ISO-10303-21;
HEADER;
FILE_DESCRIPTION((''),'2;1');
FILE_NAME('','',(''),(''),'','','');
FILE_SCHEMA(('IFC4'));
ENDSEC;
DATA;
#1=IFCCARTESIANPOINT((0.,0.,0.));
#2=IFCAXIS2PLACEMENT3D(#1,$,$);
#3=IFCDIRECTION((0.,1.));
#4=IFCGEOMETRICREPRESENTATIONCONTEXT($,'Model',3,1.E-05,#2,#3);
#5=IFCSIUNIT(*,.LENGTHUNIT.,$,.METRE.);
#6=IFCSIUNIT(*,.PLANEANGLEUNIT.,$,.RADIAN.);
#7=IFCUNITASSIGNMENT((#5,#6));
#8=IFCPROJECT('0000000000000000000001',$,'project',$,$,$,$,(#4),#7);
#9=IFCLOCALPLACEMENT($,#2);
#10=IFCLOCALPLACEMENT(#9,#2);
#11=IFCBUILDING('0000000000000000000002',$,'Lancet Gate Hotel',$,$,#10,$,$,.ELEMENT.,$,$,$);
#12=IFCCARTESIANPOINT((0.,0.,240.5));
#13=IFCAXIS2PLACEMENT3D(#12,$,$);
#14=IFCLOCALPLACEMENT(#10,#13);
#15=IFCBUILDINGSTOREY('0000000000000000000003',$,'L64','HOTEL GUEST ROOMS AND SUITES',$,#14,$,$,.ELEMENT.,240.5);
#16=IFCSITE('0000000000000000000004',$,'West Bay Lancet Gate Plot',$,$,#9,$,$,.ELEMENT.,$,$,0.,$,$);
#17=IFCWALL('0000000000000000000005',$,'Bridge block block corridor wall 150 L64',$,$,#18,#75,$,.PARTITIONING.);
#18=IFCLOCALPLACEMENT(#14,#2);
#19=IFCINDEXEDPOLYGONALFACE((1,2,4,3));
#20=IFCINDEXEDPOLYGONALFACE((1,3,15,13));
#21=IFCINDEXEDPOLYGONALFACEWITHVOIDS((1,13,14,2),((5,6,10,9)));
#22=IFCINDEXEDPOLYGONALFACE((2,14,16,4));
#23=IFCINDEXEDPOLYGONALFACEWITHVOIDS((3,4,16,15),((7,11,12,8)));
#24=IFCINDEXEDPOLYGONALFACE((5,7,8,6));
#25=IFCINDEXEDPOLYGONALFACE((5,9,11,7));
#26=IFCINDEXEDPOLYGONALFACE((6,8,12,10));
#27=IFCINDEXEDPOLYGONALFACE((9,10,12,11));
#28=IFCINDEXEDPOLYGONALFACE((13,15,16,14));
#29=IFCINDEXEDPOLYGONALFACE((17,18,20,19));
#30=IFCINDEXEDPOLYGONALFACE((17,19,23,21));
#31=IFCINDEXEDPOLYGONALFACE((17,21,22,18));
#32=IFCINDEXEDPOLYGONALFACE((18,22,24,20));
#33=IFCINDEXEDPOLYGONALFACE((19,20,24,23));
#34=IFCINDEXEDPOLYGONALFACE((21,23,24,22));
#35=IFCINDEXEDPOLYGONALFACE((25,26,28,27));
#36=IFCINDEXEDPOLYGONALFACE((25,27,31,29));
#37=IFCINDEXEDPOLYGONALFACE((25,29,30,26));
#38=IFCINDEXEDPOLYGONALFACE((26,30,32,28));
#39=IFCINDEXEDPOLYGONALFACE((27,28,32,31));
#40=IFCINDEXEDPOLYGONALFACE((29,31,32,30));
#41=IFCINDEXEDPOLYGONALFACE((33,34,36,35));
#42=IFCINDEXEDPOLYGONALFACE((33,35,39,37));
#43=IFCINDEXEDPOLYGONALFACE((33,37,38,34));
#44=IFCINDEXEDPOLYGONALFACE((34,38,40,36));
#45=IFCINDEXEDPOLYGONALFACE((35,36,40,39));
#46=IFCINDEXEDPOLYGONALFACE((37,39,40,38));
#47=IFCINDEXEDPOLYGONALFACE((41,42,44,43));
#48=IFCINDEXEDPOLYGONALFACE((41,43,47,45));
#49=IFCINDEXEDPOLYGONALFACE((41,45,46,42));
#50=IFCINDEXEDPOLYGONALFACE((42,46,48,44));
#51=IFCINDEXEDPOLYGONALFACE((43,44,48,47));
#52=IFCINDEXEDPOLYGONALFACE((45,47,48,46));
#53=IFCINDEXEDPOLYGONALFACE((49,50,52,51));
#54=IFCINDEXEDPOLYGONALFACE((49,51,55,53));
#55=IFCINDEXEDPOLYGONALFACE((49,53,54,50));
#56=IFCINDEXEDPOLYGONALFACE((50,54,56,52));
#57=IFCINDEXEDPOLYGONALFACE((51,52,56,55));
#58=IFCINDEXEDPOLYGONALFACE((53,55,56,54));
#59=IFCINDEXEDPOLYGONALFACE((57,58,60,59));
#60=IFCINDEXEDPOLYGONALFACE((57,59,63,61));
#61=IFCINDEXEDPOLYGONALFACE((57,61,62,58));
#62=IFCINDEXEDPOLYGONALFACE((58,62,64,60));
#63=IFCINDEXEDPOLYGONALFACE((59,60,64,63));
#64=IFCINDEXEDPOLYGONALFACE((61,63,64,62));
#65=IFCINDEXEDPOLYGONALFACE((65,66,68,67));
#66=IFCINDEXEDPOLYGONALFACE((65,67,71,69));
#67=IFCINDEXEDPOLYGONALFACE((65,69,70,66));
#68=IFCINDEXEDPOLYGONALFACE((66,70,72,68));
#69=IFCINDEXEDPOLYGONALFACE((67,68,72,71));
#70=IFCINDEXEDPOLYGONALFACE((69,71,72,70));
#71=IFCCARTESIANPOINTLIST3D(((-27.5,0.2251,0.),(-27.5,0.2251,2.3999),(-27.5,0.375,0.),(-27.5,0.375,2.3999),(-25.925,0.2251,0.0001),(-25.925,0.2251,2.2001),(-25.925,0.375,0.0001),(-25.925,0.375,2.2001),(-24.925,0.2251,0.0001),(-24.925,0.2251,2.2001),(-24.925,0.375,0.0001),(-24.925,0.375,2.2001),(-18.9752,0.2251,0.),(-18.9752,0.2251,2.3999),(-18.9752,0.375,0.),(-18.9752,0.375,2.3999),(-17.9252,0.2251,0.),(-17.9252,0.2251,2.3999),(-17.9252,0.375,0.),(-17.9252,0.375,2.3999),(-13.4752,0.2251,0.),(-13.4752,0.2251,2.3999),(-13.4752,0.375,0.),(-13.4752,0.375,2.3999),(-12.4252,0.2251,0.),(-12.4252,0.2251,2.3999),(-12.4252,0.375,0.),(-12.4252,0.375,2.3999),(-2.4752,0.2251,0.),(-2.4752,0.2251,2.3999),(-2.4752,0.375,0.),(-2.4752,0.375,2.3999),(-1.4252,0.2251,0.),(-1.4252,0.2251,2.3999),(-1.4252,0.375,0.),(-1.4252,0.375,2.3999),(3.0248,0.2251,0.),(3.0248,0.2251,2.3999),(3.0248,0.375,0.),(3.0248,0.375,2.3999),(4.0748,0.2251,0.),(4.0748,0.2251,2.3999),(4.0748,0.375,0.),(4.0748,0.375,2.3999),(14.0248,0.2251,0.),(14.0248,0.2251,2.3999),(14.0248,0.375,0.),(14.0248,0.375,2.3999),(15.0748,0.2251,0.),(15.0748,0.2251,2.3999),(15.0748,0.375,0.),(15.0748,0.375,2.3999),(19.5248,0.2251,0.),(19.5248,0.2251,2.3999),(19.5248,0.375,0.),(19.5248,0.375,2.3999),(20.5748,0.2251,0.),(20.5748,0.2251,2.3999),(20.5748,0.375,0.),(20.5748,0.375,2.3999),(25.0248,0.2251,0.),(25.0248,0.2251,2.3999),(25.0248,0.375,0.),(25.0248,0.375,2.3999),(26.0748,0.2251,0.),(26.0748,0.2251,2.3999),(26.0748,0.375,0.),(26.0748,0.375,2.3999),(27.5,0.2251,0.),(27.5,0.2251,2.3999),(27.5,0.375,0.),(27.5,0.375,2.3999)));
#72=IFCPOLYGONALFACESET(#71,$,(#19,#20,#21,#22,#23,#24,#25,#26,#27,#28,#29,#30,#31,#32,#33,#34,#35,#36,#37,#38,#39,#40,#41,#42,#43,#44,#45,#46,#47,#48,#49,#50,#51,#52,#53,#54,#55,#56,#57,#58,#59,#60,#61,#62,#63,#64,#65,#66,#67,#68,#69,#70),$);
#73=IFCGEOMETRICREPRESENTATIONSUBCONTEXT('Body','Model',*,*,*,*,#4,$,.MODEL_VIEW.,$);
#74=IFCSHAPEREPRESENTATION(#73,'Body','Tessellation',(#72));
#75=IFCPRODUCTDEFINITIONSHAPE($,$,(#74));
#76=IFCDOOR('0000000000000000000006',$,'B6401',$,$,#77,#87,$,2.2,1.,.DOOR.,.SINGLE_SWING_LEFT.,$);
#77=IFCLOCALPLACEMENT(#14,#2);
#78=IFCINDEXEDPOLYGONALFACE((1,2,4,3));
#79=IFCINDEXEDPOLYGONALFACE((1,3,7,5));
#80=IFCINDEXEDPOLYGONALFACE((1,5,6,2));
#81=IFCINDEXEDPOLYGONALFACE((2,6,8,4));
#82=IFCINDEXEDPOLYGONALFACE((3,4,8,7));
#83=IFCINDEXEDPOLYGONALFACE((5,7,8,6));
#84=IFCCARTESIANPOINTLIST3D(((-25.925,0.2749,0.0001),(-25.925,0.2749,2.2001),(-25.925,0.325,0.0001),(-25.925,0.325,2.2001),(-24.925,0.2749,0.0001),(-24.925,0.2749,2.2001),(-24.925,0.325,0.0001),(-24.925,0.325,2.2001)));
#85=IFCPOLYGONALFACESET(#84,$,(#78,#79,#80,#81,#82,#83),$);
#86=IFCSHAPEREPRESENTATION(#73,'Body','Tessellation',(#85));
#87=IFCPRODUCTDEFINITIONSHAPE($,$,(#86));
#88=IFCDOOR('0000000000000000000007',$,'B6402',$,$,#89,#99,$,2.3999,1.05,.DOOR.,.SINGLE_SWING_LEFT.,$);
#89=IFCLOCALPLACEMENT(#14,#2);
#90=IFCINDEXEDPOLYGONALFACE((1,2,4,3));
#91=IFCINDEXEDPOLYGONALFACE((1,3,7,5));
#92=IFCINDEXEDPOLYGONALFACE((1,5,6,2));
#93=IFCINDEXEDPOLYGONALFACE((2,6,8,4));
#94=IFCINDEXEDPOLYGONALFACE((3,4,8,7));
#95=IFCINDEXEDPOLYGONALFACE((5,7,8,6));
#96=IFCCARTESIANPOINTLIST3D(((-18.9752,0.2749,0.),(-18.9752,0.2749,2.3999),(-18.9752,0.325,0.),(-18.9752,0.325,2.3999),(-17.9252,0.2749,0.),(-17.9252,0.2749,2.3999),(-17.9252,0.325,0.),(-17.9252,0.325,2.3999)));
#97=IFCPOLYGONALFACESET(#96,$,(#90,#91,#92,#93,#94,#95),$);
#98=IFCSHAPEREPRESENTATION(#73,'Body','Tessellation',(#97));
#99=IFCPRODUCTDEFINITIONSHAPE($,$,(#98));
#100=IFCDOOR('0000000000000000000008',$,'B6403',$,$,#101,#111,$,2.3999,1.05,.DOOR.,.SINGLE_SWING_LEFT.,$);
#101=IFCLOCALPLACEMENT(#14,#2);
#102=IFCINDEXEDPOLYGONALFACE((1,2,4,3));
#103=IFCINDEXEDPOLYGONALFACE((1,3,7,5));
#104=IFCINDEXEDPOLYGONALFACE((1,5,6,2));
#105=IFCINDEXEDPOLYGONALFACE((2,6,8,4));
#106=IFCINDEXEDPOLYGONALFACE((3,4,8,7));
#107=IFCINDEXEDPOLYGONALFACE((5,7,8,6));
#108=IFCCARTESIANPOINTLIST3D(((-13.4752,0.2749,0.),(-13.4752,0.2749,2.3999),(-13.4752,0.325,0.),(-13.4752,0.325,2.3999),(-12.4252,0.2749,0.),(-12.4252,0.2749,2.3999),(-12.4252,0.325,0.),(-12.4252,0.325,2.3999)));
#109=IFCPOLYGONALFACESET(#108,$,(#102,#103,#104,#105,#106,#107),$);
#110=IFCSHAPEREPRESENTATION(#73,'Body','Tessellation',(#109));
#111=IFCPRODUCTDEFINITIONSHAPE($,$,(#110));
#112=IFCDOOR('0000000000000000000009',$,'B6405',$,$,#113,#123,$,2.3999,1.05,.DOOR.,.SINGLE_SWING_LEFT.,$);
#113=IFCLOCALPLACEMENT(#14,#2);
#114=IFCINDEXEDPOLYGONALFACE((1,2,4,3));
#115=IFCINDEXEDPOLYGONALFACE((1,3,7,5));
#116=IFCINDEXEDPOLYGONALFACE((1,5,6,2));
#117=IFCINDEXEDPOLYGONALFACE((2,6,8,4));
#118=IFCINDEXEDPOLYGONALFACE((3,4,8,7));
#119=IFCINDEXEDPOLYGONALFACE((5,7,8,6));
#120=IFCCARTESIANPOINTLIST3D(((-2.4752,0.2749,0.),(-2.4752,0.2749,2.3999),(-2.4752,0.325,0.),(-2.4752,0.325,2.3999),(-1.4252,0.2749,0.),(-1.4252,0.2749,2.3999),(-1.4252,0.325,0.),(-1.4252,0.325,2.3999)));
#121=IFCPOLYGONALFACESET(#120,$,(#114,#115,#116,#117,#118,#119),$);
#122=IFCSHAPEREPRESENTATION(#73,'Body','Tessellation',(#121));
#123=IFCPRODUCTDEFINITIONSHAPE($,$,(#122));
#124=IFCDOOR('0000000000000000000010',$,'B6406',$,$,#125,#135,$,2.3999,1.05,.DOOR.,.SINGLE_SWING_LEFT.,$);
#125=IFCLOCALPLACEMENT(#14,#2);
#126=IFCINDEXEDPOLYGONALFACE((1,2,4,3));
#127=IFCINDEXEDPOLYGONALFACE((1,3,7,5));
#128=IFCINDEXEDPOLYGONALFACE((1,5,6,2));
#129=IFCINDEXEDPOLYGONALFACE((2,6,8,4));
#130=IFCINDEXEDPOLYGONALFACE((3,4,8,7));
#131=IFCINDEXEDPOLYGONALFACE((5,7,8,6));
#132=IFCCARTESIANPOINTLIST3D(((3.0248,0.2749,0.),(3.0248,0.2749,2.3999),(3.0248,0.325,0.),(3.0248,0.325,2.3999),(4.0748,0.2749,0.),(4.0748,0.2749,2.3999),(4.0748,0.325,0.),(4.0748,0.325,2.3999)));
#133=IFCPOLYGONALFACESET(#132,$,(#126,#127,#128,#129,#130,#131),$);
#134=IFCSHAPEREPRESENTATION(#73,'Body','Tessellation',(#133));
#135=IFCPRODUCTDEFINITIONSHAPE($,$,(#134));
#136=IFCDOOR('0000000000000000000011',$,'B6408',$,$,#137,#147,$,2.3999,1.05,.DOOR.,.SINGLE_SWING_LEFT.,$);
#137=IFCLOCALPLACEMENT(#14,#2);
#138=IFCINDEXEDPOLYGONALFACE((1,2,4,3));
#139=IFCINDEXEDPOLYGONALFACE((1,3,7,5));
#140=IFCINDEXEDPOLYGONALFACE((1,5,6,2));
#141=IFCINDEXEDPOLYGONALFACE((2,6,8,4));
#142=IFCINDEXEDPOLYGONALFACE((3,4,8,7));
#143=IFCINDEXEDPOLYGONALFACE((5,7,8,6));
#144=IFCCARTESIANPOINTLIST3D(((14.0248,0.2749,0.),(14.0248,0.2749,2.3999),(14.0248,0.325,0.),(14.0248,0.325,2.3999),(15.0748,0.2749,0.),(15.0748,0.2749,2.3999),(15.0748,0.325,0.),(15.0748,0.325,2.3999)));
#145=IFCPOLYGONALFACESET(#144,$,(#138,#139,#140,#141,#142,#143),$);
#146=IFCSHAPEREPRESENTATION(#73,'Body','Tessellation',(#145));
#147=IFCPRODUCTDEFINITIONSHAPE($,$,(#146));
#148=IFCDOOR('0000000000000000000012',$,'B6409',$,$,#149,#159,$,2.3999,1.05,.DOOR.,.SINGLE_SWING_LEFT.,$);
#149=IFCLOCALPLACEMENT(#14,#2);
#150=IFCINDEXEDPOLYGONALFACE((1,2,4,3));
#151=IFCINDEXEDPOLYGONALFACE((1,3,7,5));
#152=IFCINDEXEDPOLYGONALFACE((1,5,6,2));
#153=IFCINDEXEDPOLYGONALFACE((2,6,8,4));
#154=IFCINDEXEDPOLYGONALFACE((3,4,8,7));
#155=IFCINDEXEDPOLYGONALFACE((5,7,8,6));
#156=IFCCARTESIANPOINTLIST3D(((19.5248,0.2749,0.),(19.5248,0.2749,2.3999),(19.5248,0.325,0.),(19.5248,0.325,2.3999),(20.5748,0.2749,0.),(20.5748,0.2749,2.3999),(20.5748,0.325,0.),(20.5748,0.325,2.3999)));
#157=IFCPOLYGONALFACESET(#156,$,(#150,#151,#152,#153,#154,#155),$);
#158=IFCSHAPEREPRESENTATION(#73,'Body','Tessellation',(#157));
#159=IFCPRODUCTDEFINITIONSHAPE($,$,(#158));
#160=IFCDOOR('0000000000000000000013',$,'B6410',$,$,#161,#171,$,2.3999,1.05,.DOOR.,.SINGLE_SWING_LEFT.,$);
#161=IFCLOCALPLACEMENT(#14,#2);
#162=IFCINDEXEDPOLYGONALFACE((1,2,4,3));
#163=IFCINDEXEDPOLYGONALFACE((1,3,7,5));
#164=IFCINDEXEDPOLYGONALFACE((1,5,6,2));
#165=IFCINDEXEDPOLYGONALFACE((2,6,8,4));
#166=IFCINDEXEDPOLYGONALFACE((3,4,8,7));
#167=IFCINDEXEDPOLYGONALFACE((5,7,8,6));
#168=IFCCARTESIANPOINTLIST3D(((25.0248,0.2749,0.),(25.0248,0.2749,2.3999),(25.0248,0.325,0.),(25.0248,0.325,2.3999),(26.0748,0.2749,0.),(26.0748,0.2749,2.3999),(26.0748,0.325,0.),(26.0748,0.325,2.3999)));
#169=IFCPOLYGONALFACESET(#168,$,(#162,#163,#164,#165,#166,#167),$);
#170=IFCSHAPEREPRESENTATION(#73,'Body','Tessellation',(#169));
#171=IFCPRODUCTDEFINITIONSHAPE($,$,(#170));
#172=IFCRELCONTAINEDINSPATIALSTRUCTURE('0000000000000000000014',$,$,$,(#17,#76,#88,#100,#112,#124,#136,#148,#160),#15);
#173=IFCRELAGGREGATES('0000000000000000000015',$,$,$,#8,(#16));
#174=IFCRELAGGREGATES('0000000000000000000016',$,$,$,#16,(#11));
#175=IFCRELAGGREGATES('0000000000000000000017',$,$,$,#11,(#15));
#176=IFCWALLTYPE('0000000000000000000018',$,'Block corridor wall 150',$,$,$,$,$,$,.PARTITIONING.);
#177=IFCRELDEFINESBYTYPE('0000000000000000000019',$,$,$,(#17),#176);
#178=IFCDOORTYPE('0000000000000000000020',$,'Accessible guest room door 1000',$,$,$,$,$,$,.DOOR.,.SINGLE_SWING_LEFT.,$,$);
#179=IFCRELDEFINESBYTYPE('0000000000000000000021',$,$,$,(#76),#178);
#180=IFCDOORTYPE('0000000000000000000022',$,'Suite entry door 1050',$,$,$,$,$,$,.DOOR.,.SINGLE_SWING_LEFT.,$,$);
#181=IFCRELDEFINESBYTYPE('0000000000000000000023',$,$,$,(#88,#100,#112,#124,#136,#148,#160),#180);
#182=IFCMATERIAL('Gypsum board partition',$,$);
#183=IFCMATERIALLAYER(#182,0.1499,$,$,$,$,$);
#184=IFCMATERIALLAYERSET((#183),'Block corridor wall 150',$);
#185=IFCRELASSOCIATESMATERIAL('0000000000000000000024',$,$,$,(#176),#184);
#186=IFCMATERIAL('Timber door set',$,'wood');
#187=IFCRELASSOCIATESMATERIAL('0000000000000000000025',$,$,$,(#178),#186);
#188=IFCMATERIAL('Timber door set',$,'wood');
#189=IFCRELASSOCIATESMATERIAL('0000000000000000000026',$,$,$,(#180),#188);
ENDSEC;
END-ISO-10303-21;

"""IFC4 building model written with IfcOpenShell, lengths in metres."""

from ifc_helpers import new_model, si_unit, direction, frame, frame_2d, origin, place, context, subcontext, project, spatial, rectangle, extrude, material, layer, layer_set, type_object, element, fill, save


model = new_model("IFC4")

# Units and contexts
model_context = context("Model", 3, precision=1e-05, world=origin(), true_north=direction((0.0, 1.0)))
body_context = subcontext(model_context, "Body", "Model", "MODEL_VIEW")
ifc_project = project(units=[si_unit("LENGTHUNIT", "METRE"), si_unit("PLANEANGLEUNIT", "RADIAN")], contexts=[model_context])

# Site, building, storey
site_placement = place(None, origin())
site = spatial("IfcSite", under=ifc_project, at=site_placement, Name="West Bay Lancet Gate Plot", CompositionType="ELEMENT", RefElevation=0.0)
building_placement = place(site_placement, origin())
building = spatial("IfcBuilding", under=site, at=building_placement, Name="Lancet Gate Hotel", CompositionType="ELEMENT")
storey_placement = place(building_placement, frame((0.0, 0.0, 240.5)))
storey = spatial("IfcBuildingStorey", under=building, at=storey_placement, Name="L64", Description="HOTEL GUEST ROOMS AND SUITES", CompositionType="ELEMENT", Elevation=240.5)

# Wall, openings, doors
ifc_material_1 = material(Name="Gypsum board partition")
ifc_layer_1 = layer(ifc_material_1, 0.1499)
ifc_layer_set_1 = layer_set([ifc_layer_1], Name="Block corridor wall 150")
wall_type_1 = type_object("IfcWallType", Name="Block corridor wall 150", PredefinedType="PARTITIONING", material=ifc_layer_set_1)
wall_1_placement = place(storey_placement, frame((-27.5, 0.3, 0.0), z_axis=(0.0, 0.0, 1.0), x_axis=(1.0, 0.0, 0.0)))
wall_1 = element("IfcWall", 1, at=wall_1_placement, inside=storey, type_object=wall_type_1, Name="Bridge block block corridor wall 150 L64", PredefinedType="PARTITIONING", context=body_context, shape_type="SweptSolid", body=[
    extrude(rectangle(XDim=55.0, YDim=0.1499, at=frame_2d((27.5, 0.0))), origin(), (0.0, 0.0, 1.0), 2.3999),
])
opening_1_placement = place(wall_1_placement, frame((1.575, 0.0, 0.0)))
opening_1 = element("IfcOpeningElement", 2, at=opening_1_placement, cuts=wall_1, PredefinedType="OPENING", context=body_context, shape_type="SweptSolid", body=[
    extrude(rectangle(XDim=1.0, YDim=2.2, at=frame_2d((0.5, 1.1001))), frame((0.0, 0.085, 0.0), z_axis=(0.0, -1.0, 0.0), x_axis=(1.0, 0.0, 0.0)), (0.0, 0.0, 1.0), 0.1699),
])
opening_2_placement = place(wall_1_placement, frame((8.5249, 0.0, 0.0)))
opening_2 = element("IfcOpeningElement", 3, at=opening_2_placement, cuts=wall_1, PredefinedType="OPENING", context=body_context, shape_type="SweptSolid", body=[
    extrude(rectangle(XDim=1.05, YDim=2.3999, at=frame_2d((0.5249, 1.2))), frame((0.0, 0.085, 0.0), z_axis=(0.0, -1.0, 0.0), x_axis=(1.0, 0.0, 0.0)), (0.0, 0.0, 1.0), 0.1699),
])
opening_3_placement = place(wall_1_placement, frame((14.0249, 0.0, 0.0)))
opening_3 = element("IfcOpeningElement", 4, at=opening_3_placement, cuts=wall_1, PredefinedType="OPENING", context=body_context, shape_type="SweptSolid", body=[
    extrude(rectangle(XDim=1.05, YDim=2.3999, at=frame_2d((0.5249, 1.2))), frame((0.0, 0.085, 0.0), z_axis=(0.0, -1.0, 0.0), x_axis=(1.0, 0.0, 0.0)), (0.0, 0.0, 1.0), 0.1699),
])
opening_4_placement = place(wall_1_placement, frame((25.0249, 0.0, 0.0)))
opening_4 = element("IfcOpeningElement", 5, at=opening_4_placement, cuts=wall_1, PredefinedType="OPENING", context=body_context, shape_type="SweptSolid", body=[
    extrude(rectangle(XDim=1.05, YDim=2.3999, at=frame_2d((0.5249, 1.2))), frame((0.0, 0.085, 0.0), z_axis=(0.0, -1.0, 0.0), x_axis=(1.0, 0.0, 0.0)), (0.0, 0.0, 1.0), 0.1699),
])
opening_5_placement = place(wall_1_placement, frame((30.5249, 0.0, 0.0)))
opening_5 = element("IfcOpeningElement", 6, at=opening_5_placement, cuts=wall_1, PredefinedType="OPENING", context=body_context, shape_type="SweptSolid", body=[
    extrude(rectangle(XDim=1.05, YDim=2.3999, at=frame_2d((0.5249, 1.2))), frame((0.0, 0.085, 0.0), z_axis=(0.0, -1.0, 0.0), x_axis=(1.0, 0.0, 0.0)), (0.0, 0.0, 1.0), 0.1699),
])
opening_6_placement = place(wall_1_placement, frame((41.5249, 0.0, 0.0)))
opening_6 = element("IfcOpeningElement", 7, at=opening_6_placement, cuts=wall_1, PredefinedType="OPENING", context=body_context, shape_type="SweptSolid", body=[
    extrude(rectangle(XDim=1.05, YDim=2.3999, at=frame_2d((0.5249, 1.2))), frame((0.0, 0.085, 0.0), z_axis=(0.0, -1.0, 0.0), x_axis=(1.0, 0.0, 0.0)), (0.0, 0.0, 1.0), 0.1699),
])
opening_7_placement = place(wall_1_placement, frame((47.0249, 0.0, 0.0)))
opening_7 = element("IfcOpeningElement", 8, at=opening_7_placement, cuts=wall_1, PredefinedType="OPENING", context=body_context, shape_type="SweptSolid", body=[
    extrude(rectangle(XDim=1.05, YDim=2.3999, at=frame_2d((0.5249, 1.2))), frame((0.0, 0.085, 0.0), z_axis=(0.0, -1.0, 0.0), x_axis=(1.0, 0.0, 0.0)), (0.0, 0.0, 1.0), 0.1699),
])
opening_8_placement = place(wall_1_placement, frame((52.5249, 0.0, 0.0)))
opening_8 = element("IfcOpeningElement", 9, at=opening_8_placement, cuts=wall_1, PredefinedType="OPENING", context=body_context, shape_type="SweptSolid", body=[
    extrude(rectangle(XDim=1.05, YDim=2.3999, at=frame_2d((0.5249, 1.2))), frame((0.0, 0.085, 0.0), z_axis=(0.0, -1.0, 0.0), x_axis=(1.0, 0.0, 0.0)), (0.0, 0.0, 1.0), 0.1699),
])
ifc_material_2 = material(Name="Timber door set", Category="wood")
door_type_1 = type_object("IfcDoorType", Name="Accessible guest room door 1000", OperationType="SINGLE_SWING_LEFT", PredefinedType="DOOR", material=ifc_material_2)
door_1_placement = place(opening_1_placement, origin())
door_1 = element("IfcDoor", 10, at=door_1_placement, inside=storey, type_object=door_type_1, Name="B6401", OperationType="SINGLE_SWING_LEFT", OverallHeight=2.2, OverallWidth=1.0, PredefinedType="DOOR", context=body_context, shape_type="SweptSolid", body=[
    extrude(rectangle(XDim=1.0, YDim=2.2, at=frame_2d((0.5, 1.1001))), frame((0.0, 0.0249, 0.0), z_axis=(0.0, -1.0, 0.0), x_axis=(1.0, 0.0, 0.0)), (0.0, 0.0, 1.0), 0.05),
])
fill(opening_1, door_1)
ifc_material_3 = material(Name="Timber door set", Category="wood")
door_type_2 = type_object("IfcDoorType", Name="Suite entry door 1050", OperationType="SINGLE_SWING_LEFT", PredefinedType="DOOR", material=ifc_material_3)
door_2_placement = place(opening_2_placement, origin())
door_2 = element("IfcDoor", 11, at=door_2_placement, inside=storey, type_object=door_type_2, Name="B6402", OperationType="SINGLE_SWING_LEFT", OverallHeight=2.3999, OverallWidth=1.05, PredefinedType="DOOR", context=body_context, shape_type="SweptSolid", body=[
    extrude(rectangle(XDim=1.05, YDim=2.3999, at=frame_2d((0.5249, 1.2))), frame((0.0, 0.0249, 0.0), z_axis=(0.0, -1.0, 0.0), x_axis=(1.0, 0.0, 0.0)), (0.0, 0.0, 1.0), 0.05),
])
fill(opening_2, door_2)
door_3_placement = place(opening_3_placement, origin())
door_3 = element("IfcDoor", 12, at=door_3_placement, inside=storey, type_object=door_type_2, Name="B6403", OperationType="SINGLE_SWING_LEFT", OverallHeight=2.3999, OverallWidth=1.05, PredefinedType="DOOR", context=body_context, shape_type="SweptSolid", body=[
    extrude(rectangle(XDim=1.05, YDim=2.3999, at=frame_2d((0.5249, 1.2))), frame((0.0, 0.0249, 0.0), z_axis=(0.0, -1.0, 0.0), x_axis=(1.0, 0.0, 0.0)), (0.0, 0.0, 1.0), 0.05),
])
fill(opening_3, door_3)
door_4_placement = place(opening_4_placement, origin())
door_4 = element("IfcDoor", 13, at=door_4_placement, inside=storey, type_object=door_type_2, Name="B6405", OperationType="SINGLE_SWING_LEFT", OverallHeight=2.3999, OverallWidth=1.05, PredefinedType="DOOR", context=body_context, shape_type="SweptSolid", body=[
    extrude(rectangle(XDim=1.05, YDim=2.3999, at=frame_2d((0.5249, 1.2))), frame((0.0, 0.0249, 0.0), z_axis=(0.0, -1.0, 0.0), x_axis=(1.0, 0.0, 0.0)), (0.0, 0.0, 1.0), 0.05),
])
fill(opening_4, door_4)
door_5_placement = place(opening_5_placement, origin())
door_5 = element("IfcDoor", 14, at=door_5_placement, inside=storey, type_object=door_type_2, Name="B6406", OperationType="SINGLE_SWING_LEFT", OverallHeight=2.3999, OverallWidth=1.05, PredefinedType="DOOR", context=body_context, shape_type="SweptSolid", body=[
    extrude(rectangle(XDim=1.05, YDim=2.3999, at=frame_2d((0.5249, 1.2))), frame((0.0, 0.0249, 0.0), z_axis=(0.0, -1.0, 0.0), x_axis=(1.0, 0.0, 0.0)), (0.0, 0.0, 1.0), 0.05),
])
fill(opening_5, door_5)
door_6_placement = place(opening_6_placement, origin())
door_6 = element("IfcDoor", 15, at=door_6_placement, inside=storey, type_object=door_type_2, Name="B6408", OperationType="SINGLE_SWING_LEFT", OverallHeight=2.3999, OverallWidth=1.05, PredefinedType="DOOR", context=body_context, shape_type="SweptSolid", body=[
    extrude(rectangle(XDim=1.05, YDim=2.3999, at=frame_2d((0.5249, 1.2))), frame((0.0, 0.0249, 0.0), z_axis=(0.0, -1.0, 0.0), x_axis=(1.0, 0.0, 0.0)), (0.0, 0.0, 1.0), 0.05),
])
fill(opening_6, door_6)
door_7_placement = place(opening_7_placement, origin())
door_7 = element("IfcDoor", 16, at=door_7_placement, inside=storey, type_object=door_type_2, Name="B6409", OperationType="SINGLE_SWING_LEFT", OverallHeight=2.3999, OverallWidth=1.05, PredefinedType="DOOR", context=body_context, shape_type="SweptSolid", body=[
    extrude(rectangle(XDim=1.05, YDim=2.3999, at=frame_2d((0.5249, 1.2))), frame((0.0, 0.0249, 0.0), z_axis=(0.0, -1.0, 0.0), x_axis=(1.0, 0.0, 0.0)), (0.0, 0.0, 1.0), 0.05),
])
fill(opening_7, door_7)
door_8_placement = place(opening_8_placement, origin())
door_8 = element("IfcDoor", 17, at=door_8_placement, inside=storey, type_object=door_type_2, Name="B6410", OperationType="SINGLE_SWING_LEFT", OverallHeight=2.3999, OverallWidth=1.05, PredefinedType="DOOR", context=body_context, shape_type="SweptSolid", body=[
    extrude(rectangle(XDim=1.05, YDim=2.3999, at=frame_2d((0.5249, 1.2))), frame((0.0, 0.0249, 0.0), z_axis=(0.0, -1.0, 0.0), x_axis=(1.0, 0.0, 0.0)), (0.0, 0.0, 1.0), 0.05),
])
fill(opening_8, door_8)

save(model, "model.ifc")
